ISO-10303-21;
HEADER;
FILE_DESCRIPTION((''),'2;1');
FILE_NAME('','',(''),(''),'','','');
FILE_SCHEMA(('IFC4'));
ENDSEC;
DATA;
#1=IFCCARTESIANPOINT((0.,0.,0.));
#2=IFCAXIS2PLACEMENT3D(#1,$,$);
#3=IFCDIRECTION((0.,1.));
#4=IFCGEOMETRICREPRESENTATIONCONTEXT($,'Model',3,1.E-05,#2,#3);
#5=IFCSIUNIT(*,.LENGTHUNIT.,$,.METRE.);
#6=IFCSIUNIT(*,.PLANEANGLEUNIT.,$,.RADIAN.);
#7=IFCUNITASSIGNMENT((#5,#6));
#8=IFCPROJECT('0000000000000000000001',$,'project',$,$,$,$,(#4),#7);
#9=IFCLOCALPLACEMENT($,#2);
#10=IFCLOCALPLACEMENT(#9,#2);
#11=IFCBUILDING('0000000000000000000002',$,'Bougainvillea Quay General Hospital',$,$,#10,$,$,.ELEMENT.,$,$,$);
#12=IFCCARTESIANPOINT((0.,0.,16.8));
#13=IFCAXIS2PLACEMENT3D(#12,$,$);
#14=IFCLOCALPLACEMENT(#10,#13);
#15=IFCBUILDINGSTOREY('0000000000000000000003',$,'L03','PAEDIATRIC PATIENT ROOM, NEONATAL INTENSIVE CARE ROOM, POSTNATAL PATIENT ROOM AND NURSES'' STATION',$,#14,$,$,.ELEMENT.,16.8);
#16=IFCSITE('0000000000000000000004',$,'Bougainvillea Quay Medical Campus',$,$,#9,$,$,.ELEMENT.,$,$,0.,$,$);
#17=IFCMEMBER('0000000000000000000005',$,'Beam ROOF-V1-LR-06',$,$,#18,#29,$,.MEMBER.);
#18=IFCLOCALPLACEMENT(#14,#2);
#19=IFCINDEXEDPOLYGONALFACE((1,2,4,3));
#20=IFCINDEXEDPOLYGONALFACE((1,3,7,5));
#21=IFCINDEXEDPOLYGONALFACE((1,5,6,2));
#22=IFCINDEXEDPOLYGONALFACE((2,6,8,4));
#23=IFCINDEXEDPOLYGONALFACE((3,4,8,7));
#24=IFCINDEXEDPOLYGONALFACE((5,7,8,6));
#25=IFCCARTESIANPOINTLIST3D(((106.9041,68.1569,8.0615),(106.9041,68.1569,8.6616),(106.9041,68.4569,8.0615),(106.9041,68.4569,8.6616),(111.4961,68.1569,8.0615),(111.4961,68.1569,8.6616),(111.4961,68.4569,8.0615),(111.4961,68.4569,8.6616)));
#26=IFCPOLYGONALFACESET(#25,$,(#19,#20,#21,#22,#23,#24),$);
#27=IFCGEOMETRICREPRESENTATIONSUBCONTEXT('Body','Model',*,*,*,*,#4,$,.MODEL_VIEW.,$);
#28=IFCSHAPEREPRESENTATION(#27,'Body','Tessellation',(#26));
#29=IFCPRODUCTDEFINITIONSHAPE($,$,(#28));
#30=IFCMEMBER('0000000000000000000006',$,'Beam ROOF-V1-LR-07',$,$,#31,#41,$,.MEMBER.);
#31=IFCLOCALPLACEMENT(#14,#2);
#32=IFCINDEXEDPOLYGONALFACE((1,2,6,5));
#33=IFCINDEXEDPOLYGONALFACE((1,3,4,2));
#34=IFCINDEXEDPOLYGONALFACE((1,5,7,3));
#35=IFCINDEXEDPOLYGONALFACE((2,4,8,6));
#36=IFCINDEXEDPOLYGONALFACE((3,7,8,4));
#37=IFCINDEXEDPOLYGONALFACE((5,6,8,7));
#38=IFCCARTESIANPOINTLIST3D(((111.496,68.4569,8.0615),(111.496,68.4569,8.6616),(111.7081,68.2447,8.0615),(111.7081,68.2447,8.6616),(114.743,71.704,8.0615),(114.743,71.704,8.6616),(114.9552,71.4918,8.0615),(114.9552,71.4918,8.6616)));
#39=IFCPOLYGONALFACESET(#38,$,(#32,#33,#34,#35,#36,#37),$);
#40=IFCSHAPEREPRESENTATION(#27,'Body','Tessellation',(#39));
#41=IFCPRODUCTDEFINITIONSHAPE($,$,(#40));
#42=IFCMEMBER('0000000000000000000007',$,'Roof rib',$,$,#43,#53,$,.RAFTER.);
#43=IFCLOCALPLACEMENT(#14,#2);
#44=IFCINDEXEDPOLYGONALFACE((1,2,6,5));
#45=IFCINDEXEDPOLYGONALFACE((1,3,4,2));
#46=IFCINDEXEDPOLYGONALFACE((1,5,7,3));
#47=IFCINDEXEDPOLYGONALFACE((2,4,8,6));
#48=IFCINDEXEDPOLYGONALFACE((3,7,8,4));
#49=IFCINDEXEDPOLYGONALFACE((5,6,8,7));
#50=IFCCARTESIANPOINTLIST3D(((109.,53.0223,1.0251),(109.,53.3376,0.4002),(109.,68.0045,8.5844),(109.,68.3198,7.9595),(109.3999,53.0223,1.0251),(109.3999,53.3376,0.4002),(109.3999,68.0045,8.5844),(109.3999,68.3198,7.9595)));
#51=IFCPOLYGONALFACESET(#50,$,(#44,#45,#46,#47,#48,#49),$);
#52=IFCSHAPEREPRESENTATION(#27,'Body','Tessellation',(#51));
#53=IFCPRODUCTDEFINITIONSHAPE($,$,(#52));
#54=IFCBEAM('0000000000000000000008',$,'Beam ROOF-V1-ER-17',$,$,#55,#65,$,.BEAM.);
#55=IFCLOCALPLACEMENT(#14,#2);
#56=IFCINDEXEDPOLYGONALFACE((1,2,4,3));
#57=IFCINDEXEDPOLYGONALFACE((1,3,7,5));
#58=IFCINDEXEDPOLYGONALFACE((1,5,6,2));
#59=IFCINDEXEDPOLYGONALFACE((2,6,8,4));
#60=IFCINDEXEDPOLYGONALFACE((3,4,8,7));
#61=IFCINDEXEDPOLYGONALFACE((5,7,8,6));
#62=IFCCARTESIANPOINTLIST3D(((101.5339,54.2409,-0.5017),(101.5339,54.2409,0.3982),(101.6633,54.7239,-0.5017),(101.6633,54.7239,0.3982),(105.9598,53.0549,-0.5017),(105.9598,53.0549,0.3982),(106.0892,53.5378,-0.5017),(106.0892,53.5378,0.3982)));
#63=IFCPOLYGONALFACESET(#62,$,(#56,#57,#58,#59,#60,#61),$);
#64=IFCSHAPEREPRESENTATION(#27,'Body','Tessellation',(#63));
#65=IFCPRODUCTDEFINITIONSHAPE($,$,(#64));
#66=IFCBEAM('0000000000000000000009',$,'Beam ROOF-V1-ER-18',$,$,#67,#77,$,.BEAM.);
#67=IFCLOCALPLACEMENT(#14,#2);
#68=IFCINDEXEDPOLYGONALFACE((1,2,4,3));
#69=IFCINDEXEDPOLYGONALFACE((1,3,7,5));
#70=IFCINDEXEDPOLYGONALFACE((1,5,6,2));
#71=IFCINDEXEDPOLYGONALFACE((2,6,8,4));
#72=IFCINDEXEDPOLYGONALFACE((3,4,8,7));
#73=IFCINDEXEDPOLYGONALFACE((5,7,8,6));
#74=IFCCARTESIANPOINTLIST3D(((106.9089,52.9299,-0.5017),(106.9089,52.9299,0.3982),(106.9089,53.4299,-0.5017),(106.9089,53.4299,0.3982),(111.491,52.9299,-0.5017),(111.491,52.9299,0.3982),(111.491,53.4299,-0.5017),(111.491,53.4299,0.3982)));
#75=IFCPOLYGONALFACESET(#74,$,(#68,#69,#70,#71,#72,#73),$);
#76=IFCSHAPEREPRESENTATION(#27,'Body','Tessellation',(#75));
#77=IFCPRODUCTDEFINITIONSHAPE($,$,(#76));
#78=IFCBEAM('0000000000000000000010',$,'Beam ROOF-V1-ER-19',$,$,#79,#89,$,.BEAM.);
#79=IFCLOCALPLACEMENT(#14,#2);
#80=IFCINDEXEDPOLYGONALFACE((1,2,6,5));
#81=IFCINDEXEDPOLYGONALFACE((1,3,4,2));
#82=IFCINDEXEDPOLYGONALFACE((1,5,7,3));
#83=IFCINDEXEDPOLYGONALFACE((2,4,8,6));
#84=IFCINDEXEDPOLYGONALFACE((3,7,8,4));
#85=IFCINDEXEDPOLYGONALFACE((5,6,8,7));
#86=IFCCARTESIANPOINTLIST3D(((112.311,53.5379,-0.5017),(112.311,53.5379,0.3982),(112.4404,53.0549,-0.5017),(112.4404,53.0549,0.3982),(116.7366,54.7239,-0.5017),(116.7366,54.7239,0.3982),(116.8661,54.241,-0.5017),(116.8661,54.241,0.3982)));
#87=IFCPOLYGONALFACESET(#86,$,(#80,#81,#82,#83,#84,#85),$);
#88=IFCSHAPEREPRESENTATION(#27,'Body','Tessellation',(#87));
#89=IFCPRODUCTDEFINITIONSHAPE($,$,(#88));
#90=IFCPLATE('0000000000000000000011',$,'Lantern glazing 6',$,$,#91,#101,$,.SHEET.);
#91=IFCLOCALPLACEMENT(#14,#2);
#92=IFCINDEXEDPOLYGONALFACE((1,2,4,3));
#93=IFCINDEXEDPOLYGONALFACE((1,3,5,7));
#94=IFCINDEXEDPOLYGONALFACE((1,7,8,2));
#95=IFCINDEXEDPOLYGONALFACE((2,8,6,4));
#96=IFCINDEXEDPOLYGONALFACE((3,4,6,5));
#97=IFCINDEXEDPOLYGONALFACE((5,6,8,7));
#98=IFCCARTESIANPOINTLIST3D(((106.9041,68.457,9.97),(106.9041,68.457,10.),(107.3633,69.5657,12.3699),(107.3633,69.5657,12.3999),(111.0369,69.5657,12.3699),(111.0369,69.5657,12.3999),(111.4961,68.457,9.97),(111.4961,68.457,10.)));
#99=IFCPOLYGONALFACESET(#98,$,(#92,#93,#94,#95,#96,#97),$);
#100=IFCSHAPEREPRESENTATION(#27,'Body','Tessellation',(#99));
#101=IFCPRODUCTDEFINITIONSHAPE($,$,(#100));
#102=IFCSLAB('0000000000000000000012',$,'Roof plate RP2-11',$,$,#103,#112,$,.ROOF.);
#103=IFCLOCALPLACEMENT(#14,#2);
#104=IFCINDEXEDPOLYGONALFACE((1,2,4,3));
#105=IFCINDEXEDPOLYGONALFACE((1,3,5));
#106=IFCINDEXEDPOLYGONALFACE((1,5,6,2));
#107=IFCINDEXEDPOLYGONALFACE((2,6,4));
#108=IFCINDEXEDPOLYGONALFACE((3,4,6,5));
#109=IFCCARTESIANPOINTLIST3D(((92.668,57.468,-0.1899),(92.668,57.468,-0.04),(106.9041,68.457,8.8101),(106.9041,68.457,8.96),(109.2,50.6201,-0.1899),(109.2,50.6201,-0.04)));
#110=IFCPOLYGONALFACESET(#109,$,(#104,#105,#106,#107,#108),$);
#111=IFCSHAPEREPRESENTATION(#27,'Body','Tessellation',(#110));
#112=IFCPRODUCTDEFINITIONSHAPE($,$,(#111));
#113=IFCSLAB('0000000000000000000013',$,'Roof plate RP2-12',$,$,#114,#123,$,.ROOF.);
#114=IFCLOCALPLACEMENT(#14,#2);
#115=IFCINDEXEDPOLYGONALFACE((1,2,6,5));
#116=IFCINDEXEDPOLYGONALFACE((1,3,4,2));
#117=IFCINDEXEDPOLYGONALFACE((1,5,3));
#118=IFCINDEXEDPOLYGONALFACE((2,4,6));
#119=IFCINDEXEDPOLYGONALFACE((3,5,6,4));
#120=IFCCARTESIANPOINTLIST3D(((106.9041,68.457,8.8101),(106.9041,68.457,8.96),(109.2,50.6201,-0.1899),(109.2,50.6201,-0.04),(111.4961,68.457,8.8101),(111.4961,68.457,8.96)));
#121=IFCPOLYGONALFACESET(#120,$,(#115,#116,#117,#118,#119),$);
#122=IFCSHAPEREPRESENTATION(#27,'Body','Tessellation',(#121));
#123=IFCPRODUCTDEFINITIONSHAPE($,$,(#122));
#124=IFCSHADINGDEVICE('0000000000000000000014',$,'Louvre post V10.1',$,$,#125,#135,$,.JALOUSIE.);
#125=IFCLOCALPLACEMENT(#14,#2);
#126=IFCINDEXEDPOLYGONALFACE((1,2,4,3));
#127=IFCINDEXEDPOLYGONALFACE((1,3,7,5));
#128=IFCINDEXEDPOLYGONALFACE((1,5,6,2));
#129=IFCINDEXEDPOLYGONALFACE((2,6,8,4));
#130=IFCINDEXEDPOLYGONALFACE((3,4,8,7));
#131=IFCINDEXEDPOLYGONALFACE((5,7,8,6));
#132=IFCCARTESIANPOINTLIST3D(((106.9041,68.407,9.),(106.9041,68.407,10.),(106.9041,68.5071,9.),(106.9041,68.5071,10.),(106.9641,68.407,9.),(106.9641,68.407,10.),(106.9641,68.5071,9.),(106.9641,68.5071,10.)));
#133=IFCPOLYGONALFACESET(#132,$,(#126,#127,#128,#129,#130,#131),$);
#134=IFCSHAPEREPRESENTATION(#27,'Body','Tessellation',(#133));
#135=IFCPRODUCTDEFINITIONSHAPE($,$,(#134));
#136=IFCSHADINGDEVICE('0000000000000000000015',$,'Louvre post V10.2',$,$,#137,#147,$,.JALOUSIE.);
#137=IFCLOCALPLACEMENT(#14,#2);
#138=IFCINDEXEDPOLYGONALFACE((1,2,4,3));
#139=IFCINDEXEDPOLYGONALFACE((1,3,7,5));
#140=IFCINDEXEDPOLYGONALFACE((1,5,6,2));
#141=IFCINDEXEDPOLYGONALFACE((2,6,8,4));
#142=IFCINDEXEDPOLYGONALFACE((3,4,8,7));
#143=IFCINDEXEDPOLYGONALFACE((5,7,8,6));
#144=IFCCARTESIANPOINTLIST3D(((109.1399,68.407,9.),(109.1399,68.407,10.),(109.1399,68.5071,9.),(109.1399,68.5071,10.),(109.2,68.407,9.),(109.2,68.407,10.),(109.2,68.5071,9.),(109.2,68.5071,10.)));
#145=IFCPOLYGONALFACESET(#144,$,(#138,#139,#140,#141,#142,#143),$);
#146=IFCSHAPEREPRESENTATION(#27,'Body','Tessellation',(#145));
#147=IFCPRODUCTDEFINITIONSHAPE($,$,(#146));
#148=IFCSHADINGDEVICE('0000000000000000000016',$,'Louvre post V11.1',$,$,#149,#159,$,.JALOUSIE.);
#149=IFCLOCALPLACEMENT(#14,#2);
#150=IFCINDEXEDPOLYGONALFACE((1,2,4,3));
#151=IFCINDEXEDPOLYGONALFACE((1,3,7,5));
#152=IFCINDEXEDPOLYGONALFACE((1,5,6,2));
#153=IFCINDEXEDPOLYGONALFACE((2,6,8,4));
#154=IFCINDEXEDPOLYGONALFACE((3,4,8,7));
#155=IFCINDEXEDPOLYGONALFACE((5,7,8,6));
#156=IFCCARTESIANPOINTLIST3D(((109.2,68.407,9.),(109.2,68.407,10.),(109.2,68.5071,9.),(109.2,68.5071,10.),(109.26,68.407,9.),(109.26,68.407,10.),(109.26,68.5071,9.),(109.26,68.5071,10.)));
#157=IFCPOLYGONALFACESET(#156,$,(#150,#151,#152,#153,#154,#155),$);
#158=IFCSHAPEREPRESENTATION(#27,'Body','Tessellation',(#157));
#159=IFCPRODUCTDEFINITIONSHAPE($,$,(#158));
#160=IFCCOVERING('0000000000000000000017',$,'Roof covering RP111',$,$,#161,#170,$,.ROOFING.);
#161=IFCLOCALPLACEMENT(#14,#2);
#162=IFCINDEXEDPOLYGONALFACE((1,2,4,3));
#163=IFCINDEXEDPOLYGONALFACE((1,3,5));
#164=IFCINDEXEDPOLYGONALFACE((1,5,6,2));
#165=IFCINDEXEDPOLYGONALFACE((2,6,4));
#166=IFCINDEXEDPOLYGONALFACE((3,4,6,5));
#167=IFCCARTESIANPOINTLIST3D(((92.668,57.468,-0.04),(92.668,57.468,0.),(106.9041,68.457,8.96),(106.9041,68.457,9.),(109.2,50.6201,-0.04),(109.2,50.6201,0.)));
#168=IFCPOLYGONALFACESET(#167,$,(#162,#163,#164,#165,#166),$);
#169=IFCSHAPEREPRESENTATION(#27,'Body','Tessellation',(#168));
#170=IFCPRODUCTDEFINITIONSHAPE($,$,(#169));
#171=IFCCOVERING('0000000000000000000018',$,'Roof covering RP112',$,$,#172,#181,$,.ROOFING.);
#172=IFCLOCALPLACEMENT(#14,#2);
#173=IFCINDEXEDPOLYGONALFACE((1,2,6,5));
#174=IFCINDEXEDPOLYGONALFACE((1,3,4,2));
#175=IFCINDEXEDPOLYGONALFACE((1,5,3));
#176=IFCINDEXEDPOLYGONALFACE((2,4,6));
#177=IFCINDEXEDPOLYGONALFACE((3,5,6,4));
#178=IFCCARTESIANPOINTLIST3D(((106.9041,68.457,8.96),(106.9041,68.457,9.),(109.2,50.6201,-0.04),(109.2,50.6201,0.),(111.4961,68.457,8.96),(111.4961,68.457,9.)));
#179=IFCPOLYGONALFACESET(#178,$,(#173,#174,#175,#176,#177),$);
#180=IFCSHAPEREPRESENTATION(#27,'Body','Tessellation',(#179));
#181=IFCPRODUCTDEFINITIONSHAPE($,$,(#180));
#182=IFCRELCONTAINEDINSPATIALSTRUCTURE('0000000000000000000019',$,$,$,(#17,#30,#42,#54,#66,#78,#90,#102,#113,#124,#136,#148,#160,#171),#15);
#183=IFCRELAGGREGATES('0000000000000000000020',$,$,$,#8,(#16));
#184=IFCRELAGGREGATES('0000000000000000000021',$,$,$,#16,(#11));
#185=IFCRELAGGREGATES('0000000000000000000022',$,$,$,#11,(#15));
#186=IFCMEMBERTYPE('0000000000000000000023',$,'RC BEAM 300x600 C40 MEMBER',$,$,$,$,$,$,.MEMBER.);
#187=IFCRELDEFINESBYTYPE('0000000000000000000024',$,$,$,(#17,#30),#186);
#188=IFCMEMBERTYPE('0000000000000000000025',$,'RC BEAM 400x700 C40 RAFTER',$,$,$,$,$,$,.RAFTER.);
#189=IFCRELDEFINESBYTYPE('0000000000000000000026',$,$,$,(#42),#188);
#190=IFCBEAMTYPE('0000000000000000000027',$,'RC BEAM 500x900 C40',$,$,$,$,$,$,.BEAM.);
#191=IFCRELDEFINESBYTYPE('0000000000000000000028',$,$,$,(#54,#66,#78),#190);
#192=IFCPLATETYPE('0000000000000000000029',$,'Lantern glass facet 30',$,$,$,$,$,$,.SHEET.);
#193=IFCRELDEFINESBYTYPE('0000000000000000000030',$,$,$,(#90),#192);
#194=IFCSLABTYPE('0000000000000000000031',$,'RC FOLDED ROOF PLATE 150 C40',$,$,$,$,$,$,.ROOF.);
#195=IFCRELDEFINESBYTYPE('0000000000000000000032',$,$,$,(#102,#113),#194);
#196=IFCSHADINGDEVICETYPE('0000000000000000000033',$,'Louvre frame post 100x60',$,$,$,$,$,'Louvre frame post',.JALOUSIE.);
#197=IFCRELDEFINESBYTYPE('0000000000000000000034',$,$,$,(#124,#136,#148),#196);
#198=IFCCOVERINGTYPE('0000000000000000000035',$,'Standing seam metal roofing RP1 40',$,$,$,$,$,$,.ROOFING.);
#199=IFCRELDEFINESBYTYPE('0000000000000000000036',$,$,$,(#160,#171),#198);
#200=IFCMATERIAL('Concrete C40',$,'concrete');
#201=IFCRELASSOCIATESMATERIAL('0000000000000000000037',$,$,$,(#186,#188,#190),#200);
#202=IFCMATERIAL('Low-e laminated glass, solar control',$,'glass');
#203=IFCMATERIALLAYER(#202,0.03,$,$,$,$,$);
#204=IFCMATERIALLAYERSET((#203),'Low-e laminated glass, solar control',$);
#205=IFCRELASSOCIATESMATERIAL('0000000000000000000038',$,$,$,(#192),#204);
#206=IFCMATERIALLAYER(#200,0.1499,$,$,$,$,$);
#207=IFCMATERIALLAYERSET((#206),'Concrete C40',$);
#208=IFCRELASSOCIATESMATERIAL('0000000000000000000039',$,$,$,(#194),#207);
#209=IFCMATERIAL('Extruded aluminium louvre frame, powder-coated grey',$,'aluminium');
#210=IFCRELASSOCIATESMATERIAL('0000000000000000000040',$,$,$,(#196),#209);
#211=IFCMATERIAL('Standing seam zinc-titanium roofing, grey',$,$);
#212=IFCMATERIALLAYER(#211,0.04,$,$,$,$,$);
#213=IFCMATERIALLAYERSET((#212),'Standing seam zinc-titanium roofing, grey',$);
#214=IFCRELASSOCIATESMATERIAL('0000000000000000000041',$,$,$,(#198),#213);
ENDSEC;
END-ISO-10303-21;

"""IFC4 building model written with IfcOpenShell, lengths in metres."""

from ifc_helpers import new_model, si_unit, direction, frame, origin, origin_2d, place, context, subcontext, project, spatial, polyline, rectangle, outline, extrude, material, layer, layer_set, material_profile, profile_set, type_object, element, save


model = new_model("IFC4")

# Units and contexts
model_context = context("Model", 3, precision=1e-05, world=origin(), true_north=direction((0.0, 1.0)))
body_context = subcontext(model_context, "Body", "Model", "MODEL_VIEW")
ifc_project = project(units=[si_unit("LENGTHUNIT", "METRE"), si_unit("PLANEANGLEUNIT", "RADIAN")], contexts=[model_context])

# Site, building, storey
site_placement = place(None, origin())
site = spatial("IfcSite", under=ifc_project, at=site_placement, Name="Bougainvillea Quay Medical Campus", CompositionType="ELEMENT", RefElevation=0.0)
building_placement = place(site_placement, origin())
building = spatial("IfcBuilding", under=site, at=building_placement, Name="Bougainvillea Quay General Hospital", CompositionType="ELEMENT")
storey_placement = place(building_placement, frame((0.0, 0.0, 16.8)))
storey = spatial("IfcBuildingStorey", under=building, at=storey_placement, Name="L03", Description="PAEDIATRIC PATIENT ROOM, NEONATAL INTENSIVE CARE ROOM, POSTNATAL PATIENT ROOM AND NURSES' STATION", CompositionType="ELEMENT", Elevation=16.8)

# Members
ifc_material_1 = material(Name="Concrete C40", Category="concrete")
ifc_material_profile_1 = material_profile(ifc_material_1, rectangle(XDim=0.3, YDim=0.6001, at=origin_2d()))
ifc_profile_set_1 = profile_set([ifc_material_profile_1], Name="Concrete C40")
member_type_1 = type_object("IfcMemberType", Name="RC BEAM 300x600 C40 MEMBER", PredefinedType="MEMBER", material=ifc_profile_set_1)
for number, where, z_axis, x_axis, name in (
    (1, (106.9041, 68.3069, 8.3616), (1.0, 0.0, 0.0), (0.0, 1.0, 0.0), "Beam ROOF-V1-LR-06"),
    (2, (111.6021, 68.3508, 8.3616), (0.707107, 0.707107, 0.0), (-0.707107, 0.707107, 0.0), "Beam ROOF-V1-LR-07"),
):
    element("IfcMember", number, at=place(storey_placement, frame(where, z_axis=z_axis, x_axis=x_axis)), inside=storey, type_object=member_type_1, Name=name, PredefinedType="MEMBER", context=body_context, shape_type="SweptSolid", body=[
        extrude(rectangle(XDim=0.3, YDim=0.6001, at=origin_2d()), origin(), (0.0, 0.0, 1.0), 4.592),
    ])
ifc_material_profile_2 = material_profile(ifc_material_1, rectangle(XDim=0.3999, YDim=0.7, at=origin_2d()))
ifc_profile_set_2 = profile_set([ifc_material_profile_2], Name="Concrete C40")
member_type_2 = type_object("IfcMemberType", Name="RC BEAM 400x700 C40 RAFTER", PredefinedType="RAFTER", material=ifc_profile_set_2)
member_placement = place(storey_placement, frame((109.2, 53.1799, 0.7126), z_axis=(0.0, 0.892795, 0.450464), x_axis=(-1.0, 0.0, 0.0)))
element("IfcMember", 3, at=member_placement, inside=storey, type_object=member_type_2, Name="Roof rib", PredefinedType="RAFTER", context=body_context, shape_type="SweptSolid", body=[
    extrude(rectangle(XDim=0.3999, YDim=0.7, at=origin_2d()), origin(), (0.0, 0.0, 1.0), 16.7812),
])

# Beams
ifc_material_profile_3 = material_profile(ifc_material_1, rectangle(XDim=0.5, YDim=0.8999, at=origin_2d()))
ifc_profile_set_3 = profile_set([ifc_material_profile_3], Name="Concrete C40")
beam_type = type_object("IfcBeamType", Name="RC BEAM 500x900 C40", PredefinedType="BEAM", material=ifc_profile_set_3)
for number, where, z_axis, x_axis, name in (
    (4, (101.5986, 54.4824, -0.0518), (0.965918, -0.25885, 0.0), (0.25885, 0.965918, 0.0), "Beam ROOF-V1-ER-17"),
    (5, (106.9089, 53.1799, -0.0518), (1.0, 0.0, 0.0), (0.0, 1.0, 0.0), "Beam ROOF-V1-ER-18"),
):
    element("IfcBeam", number, at=place(storey_placement, frame(where, z_axis=z_axis, x_axis=x_axis)), inside=storey, type_object=beam_type, Name=name, PredefinedType="BEAM", context=body_context, shape_type="SweptSolid", body=[
        extrude(rectangle(XDim=0.5, YDim=0.8999, at=origin_2d()), origin(), (0.0, 0.0, 1.0), 4.582),
    ])
beam_placement = place(storey_placement, frame((112.3757, 53.2964, -0.0518), z_axis=(0.965914, 0.258863, 0.0), x_axis=(-0.258863, 0.965914, 0.0)))
element("IfcBeam", 6, at=beam_placement, inside=storey, type_object=beam_type, Name="Beam ROOF-V1-ER-19", PredefinedType="BEAM", context=body_context, shape_type="SweptSolid", body=[
    extrude(rectangle(XDim=0.5, YDim=0.8999, at=origin_2d()), origin(), (0.0, 0.0, 1.0), 4.5818),
])

# Plate
ifc_material_2 = material(Name="Low-e laminated glass, solar control", Category="glass")
ifc_layer_1 = layer(ifc_material_2, 0.03)
ifc_layer_set_1 = layer_set([ifc_layer_1], Name="Low-e laminated glass, solar control")
plate_type = type_object("IfcPlateType", Name="Lantern glass facet 30", PredefinedType="SHEET", material=ifc_layer_set_1)
plate_placement = place(storey_placement, frame((106.9041, 68.457, 10.0), z_axis=(0.0, -0.907816, 0.419369), x_axis=(1.0, 0.0, 0.0)))
element("IfcPlate", 7, at=plate_placement, inside=storey, type_object=plate_type, Name="Lantern glazing 6", PredefinedType="SHEET", context=body_context, shape_type="SweptSolid", body=[
    extrude(outline(polyline([(0.0, 0.0), (4.592, 0.0), (4.1328, 2.6436), (0.4592, 2.6436), (0.0, 0.0)])), origin(), (0.0, -0.907816, -0.419369), 0.03),
])

# Slabs
ifc_layer_2 = layer(ifc_material_1, 0.1499)
ifc_layer_set_2 = layer_set([ifc_layer_2], Name="Concrete C40")
slab_type = type_object("IfcSlabType", Name="RC FOLDED ROOF PLATE 150 C40", PredefinedType="ROOF", material=ifc_layer_set_2)
slab_1_placement = place(storey_placement, frame((106.9041, 68.457, 8.96), z_axis=(-0.191234, -0.461671, 0.866192), x_axis=(-0.7079, -0.546437, -0.447532)))
element("IfcSlab", 8, at=slab_1_placement, inside=storey, type_object=slab_type, Name="Roof plate RP2-11", PredefinedType="ROOF", context=body_context, shape_type="SweptSolid", body=[
    extrude(outline(polyline([(0.0, 0.0), (20.1103, 0.0), (12.1493, 16.0257), (0.0, 0.0)])), origin(), (0.447532, 0.22232, -0.866192), 0.1499),
])
slab_2_placement = place(storey_placement, frame((109.2, 50.6201, -0.04), z_axis=(0.0, -0.450476, 0.892789), x_axis=(-0.114165, 0.886951, 0.44753)))
element("IfcSlab", 9, at=slab_2_placement, inside=storey, type_object=slab_type, Name="Roof plate RP2-12", PredefinedType="ROOF", context=body_context, shape_type="SweptSolid", body=[
    extrude(outline(polyline([(0.0, 0.0), (20.1104, 0.0), (19.5861, -4.562), (0.0, 0.0)])), origin(), (-0.44753, 0.051429, -0.892789), 0.1499),
])

# Shading devices
ifc_material_3 = material(Name="Extruded aluminium louvre frame, powder-coated grey", Category="aluminium")
ifc_material_profile_4 = material_profile(ifc_material_3, rectangle(XDim=0.1001, YDim=0.0601, at=origin_2d()))
ifc_profile_set_4 = profile_set([ifc_material_profile_4], Name="Extruded aluminium louvre frame, powder-coated grey")
shading_device_type_1 = type_object("IfcShadingDeviceType", Name="Louvre frame post 100x60", ElementType="Louvre frame post", PredefinedType="JALOUSIE", material=ifc_profile_set_4)
for number, where, z_axis, x_axis, name in (
    (10, (106.9341, 68.457, 9.0), (0.0, 0.0, 1.0), (0.0, 1.0, 0.0), "Louvre post V10.1"),
    (11, (109.1699, 68.457, 9.0), (0.0, 0.0, 1.0), (0.0, 1.0, 0.0), "Louvre post V10.2"),
    (12, (109.23, 68.457, 9.0), (0.0, 0.0, 1.0), (0.0, 1.0, 0.0), "Louvre post V11.1"),
):
    element("IfcShadingDevice", number, at=place(storey_placement, frame(where, z_axis=z_axis, x_axis=x_axis)), inside=storey, type_object=shading_device_type_1, Name=name, PredefinedType="JALOUSIE", context=body_context, shape_type="SweptSolid", body=[
        extrude(rectangle(XDim=0.1001, YDim=0.0601, at=origin_2d()), origin(), (0.0, 0.0, 1.0), 1.0),
    ])

# Coverings
ifc_material_4 = material(Name="Standing seam zinc-titanium roofing, grey")
ifc_layer_3 = layer(ifc_material_4, 0.04)
ifc_layer_set_3 = layer_set([ifc_layer_3], Name="Standing seam zinc-titanium roofing, grey")
covering_type = type_object("IfcCoveringType", Name="Standing seam metal roofing RP1 40", PredefinedType="ROOFING", material=ifc_layer_set_3)
covering_1_placement = place(storey_placement, frame((106.9041, 68.457, 9.0), z_axis=(-0.191234, -0.461671, 0.866192), x_axis=(-0.7079, -0.546437, -0.447532)))
element("IfcCovering", 13, at=covering_1_placement, inside=storey, type_object=covering_type, Name="Roof covering RP111", PredefinedType="ROOFING", context=body_context, shape_type="SweptSolid", body=[
    extrude(outline(polyline([(0.0, 0.0), (20.1103, 0.0), (12.1493, 16.0257), (0.0, 0.0)])), origin(), (0.447532, 0.22232, -0.866192), 0.04),
])
covering_2_placement = place(storey_placement, frame((109.2, 50.6201, 0.0), z_axis=(0.0, -0.450476, 0.892789), x_axis=(-0.114165, 0.886951, 0.44753)))
element("IfcCovering", 14, at=covering_2_placement, inside=storey, type_object=covering_type, Name="Roof covering RP112", PredefinedType="ROOFING", context=body_context, shape_type="SweptSolid", body=[
    extrude(outline(polyline([(0.0, 0.0), (20.1104, 0.0), (19.5861, -4.562), (0.0, 0.0)])), origin(), (-0.44753, 0.051429, -0.892789), 0.04),
])

save(model, "model.ifc")
